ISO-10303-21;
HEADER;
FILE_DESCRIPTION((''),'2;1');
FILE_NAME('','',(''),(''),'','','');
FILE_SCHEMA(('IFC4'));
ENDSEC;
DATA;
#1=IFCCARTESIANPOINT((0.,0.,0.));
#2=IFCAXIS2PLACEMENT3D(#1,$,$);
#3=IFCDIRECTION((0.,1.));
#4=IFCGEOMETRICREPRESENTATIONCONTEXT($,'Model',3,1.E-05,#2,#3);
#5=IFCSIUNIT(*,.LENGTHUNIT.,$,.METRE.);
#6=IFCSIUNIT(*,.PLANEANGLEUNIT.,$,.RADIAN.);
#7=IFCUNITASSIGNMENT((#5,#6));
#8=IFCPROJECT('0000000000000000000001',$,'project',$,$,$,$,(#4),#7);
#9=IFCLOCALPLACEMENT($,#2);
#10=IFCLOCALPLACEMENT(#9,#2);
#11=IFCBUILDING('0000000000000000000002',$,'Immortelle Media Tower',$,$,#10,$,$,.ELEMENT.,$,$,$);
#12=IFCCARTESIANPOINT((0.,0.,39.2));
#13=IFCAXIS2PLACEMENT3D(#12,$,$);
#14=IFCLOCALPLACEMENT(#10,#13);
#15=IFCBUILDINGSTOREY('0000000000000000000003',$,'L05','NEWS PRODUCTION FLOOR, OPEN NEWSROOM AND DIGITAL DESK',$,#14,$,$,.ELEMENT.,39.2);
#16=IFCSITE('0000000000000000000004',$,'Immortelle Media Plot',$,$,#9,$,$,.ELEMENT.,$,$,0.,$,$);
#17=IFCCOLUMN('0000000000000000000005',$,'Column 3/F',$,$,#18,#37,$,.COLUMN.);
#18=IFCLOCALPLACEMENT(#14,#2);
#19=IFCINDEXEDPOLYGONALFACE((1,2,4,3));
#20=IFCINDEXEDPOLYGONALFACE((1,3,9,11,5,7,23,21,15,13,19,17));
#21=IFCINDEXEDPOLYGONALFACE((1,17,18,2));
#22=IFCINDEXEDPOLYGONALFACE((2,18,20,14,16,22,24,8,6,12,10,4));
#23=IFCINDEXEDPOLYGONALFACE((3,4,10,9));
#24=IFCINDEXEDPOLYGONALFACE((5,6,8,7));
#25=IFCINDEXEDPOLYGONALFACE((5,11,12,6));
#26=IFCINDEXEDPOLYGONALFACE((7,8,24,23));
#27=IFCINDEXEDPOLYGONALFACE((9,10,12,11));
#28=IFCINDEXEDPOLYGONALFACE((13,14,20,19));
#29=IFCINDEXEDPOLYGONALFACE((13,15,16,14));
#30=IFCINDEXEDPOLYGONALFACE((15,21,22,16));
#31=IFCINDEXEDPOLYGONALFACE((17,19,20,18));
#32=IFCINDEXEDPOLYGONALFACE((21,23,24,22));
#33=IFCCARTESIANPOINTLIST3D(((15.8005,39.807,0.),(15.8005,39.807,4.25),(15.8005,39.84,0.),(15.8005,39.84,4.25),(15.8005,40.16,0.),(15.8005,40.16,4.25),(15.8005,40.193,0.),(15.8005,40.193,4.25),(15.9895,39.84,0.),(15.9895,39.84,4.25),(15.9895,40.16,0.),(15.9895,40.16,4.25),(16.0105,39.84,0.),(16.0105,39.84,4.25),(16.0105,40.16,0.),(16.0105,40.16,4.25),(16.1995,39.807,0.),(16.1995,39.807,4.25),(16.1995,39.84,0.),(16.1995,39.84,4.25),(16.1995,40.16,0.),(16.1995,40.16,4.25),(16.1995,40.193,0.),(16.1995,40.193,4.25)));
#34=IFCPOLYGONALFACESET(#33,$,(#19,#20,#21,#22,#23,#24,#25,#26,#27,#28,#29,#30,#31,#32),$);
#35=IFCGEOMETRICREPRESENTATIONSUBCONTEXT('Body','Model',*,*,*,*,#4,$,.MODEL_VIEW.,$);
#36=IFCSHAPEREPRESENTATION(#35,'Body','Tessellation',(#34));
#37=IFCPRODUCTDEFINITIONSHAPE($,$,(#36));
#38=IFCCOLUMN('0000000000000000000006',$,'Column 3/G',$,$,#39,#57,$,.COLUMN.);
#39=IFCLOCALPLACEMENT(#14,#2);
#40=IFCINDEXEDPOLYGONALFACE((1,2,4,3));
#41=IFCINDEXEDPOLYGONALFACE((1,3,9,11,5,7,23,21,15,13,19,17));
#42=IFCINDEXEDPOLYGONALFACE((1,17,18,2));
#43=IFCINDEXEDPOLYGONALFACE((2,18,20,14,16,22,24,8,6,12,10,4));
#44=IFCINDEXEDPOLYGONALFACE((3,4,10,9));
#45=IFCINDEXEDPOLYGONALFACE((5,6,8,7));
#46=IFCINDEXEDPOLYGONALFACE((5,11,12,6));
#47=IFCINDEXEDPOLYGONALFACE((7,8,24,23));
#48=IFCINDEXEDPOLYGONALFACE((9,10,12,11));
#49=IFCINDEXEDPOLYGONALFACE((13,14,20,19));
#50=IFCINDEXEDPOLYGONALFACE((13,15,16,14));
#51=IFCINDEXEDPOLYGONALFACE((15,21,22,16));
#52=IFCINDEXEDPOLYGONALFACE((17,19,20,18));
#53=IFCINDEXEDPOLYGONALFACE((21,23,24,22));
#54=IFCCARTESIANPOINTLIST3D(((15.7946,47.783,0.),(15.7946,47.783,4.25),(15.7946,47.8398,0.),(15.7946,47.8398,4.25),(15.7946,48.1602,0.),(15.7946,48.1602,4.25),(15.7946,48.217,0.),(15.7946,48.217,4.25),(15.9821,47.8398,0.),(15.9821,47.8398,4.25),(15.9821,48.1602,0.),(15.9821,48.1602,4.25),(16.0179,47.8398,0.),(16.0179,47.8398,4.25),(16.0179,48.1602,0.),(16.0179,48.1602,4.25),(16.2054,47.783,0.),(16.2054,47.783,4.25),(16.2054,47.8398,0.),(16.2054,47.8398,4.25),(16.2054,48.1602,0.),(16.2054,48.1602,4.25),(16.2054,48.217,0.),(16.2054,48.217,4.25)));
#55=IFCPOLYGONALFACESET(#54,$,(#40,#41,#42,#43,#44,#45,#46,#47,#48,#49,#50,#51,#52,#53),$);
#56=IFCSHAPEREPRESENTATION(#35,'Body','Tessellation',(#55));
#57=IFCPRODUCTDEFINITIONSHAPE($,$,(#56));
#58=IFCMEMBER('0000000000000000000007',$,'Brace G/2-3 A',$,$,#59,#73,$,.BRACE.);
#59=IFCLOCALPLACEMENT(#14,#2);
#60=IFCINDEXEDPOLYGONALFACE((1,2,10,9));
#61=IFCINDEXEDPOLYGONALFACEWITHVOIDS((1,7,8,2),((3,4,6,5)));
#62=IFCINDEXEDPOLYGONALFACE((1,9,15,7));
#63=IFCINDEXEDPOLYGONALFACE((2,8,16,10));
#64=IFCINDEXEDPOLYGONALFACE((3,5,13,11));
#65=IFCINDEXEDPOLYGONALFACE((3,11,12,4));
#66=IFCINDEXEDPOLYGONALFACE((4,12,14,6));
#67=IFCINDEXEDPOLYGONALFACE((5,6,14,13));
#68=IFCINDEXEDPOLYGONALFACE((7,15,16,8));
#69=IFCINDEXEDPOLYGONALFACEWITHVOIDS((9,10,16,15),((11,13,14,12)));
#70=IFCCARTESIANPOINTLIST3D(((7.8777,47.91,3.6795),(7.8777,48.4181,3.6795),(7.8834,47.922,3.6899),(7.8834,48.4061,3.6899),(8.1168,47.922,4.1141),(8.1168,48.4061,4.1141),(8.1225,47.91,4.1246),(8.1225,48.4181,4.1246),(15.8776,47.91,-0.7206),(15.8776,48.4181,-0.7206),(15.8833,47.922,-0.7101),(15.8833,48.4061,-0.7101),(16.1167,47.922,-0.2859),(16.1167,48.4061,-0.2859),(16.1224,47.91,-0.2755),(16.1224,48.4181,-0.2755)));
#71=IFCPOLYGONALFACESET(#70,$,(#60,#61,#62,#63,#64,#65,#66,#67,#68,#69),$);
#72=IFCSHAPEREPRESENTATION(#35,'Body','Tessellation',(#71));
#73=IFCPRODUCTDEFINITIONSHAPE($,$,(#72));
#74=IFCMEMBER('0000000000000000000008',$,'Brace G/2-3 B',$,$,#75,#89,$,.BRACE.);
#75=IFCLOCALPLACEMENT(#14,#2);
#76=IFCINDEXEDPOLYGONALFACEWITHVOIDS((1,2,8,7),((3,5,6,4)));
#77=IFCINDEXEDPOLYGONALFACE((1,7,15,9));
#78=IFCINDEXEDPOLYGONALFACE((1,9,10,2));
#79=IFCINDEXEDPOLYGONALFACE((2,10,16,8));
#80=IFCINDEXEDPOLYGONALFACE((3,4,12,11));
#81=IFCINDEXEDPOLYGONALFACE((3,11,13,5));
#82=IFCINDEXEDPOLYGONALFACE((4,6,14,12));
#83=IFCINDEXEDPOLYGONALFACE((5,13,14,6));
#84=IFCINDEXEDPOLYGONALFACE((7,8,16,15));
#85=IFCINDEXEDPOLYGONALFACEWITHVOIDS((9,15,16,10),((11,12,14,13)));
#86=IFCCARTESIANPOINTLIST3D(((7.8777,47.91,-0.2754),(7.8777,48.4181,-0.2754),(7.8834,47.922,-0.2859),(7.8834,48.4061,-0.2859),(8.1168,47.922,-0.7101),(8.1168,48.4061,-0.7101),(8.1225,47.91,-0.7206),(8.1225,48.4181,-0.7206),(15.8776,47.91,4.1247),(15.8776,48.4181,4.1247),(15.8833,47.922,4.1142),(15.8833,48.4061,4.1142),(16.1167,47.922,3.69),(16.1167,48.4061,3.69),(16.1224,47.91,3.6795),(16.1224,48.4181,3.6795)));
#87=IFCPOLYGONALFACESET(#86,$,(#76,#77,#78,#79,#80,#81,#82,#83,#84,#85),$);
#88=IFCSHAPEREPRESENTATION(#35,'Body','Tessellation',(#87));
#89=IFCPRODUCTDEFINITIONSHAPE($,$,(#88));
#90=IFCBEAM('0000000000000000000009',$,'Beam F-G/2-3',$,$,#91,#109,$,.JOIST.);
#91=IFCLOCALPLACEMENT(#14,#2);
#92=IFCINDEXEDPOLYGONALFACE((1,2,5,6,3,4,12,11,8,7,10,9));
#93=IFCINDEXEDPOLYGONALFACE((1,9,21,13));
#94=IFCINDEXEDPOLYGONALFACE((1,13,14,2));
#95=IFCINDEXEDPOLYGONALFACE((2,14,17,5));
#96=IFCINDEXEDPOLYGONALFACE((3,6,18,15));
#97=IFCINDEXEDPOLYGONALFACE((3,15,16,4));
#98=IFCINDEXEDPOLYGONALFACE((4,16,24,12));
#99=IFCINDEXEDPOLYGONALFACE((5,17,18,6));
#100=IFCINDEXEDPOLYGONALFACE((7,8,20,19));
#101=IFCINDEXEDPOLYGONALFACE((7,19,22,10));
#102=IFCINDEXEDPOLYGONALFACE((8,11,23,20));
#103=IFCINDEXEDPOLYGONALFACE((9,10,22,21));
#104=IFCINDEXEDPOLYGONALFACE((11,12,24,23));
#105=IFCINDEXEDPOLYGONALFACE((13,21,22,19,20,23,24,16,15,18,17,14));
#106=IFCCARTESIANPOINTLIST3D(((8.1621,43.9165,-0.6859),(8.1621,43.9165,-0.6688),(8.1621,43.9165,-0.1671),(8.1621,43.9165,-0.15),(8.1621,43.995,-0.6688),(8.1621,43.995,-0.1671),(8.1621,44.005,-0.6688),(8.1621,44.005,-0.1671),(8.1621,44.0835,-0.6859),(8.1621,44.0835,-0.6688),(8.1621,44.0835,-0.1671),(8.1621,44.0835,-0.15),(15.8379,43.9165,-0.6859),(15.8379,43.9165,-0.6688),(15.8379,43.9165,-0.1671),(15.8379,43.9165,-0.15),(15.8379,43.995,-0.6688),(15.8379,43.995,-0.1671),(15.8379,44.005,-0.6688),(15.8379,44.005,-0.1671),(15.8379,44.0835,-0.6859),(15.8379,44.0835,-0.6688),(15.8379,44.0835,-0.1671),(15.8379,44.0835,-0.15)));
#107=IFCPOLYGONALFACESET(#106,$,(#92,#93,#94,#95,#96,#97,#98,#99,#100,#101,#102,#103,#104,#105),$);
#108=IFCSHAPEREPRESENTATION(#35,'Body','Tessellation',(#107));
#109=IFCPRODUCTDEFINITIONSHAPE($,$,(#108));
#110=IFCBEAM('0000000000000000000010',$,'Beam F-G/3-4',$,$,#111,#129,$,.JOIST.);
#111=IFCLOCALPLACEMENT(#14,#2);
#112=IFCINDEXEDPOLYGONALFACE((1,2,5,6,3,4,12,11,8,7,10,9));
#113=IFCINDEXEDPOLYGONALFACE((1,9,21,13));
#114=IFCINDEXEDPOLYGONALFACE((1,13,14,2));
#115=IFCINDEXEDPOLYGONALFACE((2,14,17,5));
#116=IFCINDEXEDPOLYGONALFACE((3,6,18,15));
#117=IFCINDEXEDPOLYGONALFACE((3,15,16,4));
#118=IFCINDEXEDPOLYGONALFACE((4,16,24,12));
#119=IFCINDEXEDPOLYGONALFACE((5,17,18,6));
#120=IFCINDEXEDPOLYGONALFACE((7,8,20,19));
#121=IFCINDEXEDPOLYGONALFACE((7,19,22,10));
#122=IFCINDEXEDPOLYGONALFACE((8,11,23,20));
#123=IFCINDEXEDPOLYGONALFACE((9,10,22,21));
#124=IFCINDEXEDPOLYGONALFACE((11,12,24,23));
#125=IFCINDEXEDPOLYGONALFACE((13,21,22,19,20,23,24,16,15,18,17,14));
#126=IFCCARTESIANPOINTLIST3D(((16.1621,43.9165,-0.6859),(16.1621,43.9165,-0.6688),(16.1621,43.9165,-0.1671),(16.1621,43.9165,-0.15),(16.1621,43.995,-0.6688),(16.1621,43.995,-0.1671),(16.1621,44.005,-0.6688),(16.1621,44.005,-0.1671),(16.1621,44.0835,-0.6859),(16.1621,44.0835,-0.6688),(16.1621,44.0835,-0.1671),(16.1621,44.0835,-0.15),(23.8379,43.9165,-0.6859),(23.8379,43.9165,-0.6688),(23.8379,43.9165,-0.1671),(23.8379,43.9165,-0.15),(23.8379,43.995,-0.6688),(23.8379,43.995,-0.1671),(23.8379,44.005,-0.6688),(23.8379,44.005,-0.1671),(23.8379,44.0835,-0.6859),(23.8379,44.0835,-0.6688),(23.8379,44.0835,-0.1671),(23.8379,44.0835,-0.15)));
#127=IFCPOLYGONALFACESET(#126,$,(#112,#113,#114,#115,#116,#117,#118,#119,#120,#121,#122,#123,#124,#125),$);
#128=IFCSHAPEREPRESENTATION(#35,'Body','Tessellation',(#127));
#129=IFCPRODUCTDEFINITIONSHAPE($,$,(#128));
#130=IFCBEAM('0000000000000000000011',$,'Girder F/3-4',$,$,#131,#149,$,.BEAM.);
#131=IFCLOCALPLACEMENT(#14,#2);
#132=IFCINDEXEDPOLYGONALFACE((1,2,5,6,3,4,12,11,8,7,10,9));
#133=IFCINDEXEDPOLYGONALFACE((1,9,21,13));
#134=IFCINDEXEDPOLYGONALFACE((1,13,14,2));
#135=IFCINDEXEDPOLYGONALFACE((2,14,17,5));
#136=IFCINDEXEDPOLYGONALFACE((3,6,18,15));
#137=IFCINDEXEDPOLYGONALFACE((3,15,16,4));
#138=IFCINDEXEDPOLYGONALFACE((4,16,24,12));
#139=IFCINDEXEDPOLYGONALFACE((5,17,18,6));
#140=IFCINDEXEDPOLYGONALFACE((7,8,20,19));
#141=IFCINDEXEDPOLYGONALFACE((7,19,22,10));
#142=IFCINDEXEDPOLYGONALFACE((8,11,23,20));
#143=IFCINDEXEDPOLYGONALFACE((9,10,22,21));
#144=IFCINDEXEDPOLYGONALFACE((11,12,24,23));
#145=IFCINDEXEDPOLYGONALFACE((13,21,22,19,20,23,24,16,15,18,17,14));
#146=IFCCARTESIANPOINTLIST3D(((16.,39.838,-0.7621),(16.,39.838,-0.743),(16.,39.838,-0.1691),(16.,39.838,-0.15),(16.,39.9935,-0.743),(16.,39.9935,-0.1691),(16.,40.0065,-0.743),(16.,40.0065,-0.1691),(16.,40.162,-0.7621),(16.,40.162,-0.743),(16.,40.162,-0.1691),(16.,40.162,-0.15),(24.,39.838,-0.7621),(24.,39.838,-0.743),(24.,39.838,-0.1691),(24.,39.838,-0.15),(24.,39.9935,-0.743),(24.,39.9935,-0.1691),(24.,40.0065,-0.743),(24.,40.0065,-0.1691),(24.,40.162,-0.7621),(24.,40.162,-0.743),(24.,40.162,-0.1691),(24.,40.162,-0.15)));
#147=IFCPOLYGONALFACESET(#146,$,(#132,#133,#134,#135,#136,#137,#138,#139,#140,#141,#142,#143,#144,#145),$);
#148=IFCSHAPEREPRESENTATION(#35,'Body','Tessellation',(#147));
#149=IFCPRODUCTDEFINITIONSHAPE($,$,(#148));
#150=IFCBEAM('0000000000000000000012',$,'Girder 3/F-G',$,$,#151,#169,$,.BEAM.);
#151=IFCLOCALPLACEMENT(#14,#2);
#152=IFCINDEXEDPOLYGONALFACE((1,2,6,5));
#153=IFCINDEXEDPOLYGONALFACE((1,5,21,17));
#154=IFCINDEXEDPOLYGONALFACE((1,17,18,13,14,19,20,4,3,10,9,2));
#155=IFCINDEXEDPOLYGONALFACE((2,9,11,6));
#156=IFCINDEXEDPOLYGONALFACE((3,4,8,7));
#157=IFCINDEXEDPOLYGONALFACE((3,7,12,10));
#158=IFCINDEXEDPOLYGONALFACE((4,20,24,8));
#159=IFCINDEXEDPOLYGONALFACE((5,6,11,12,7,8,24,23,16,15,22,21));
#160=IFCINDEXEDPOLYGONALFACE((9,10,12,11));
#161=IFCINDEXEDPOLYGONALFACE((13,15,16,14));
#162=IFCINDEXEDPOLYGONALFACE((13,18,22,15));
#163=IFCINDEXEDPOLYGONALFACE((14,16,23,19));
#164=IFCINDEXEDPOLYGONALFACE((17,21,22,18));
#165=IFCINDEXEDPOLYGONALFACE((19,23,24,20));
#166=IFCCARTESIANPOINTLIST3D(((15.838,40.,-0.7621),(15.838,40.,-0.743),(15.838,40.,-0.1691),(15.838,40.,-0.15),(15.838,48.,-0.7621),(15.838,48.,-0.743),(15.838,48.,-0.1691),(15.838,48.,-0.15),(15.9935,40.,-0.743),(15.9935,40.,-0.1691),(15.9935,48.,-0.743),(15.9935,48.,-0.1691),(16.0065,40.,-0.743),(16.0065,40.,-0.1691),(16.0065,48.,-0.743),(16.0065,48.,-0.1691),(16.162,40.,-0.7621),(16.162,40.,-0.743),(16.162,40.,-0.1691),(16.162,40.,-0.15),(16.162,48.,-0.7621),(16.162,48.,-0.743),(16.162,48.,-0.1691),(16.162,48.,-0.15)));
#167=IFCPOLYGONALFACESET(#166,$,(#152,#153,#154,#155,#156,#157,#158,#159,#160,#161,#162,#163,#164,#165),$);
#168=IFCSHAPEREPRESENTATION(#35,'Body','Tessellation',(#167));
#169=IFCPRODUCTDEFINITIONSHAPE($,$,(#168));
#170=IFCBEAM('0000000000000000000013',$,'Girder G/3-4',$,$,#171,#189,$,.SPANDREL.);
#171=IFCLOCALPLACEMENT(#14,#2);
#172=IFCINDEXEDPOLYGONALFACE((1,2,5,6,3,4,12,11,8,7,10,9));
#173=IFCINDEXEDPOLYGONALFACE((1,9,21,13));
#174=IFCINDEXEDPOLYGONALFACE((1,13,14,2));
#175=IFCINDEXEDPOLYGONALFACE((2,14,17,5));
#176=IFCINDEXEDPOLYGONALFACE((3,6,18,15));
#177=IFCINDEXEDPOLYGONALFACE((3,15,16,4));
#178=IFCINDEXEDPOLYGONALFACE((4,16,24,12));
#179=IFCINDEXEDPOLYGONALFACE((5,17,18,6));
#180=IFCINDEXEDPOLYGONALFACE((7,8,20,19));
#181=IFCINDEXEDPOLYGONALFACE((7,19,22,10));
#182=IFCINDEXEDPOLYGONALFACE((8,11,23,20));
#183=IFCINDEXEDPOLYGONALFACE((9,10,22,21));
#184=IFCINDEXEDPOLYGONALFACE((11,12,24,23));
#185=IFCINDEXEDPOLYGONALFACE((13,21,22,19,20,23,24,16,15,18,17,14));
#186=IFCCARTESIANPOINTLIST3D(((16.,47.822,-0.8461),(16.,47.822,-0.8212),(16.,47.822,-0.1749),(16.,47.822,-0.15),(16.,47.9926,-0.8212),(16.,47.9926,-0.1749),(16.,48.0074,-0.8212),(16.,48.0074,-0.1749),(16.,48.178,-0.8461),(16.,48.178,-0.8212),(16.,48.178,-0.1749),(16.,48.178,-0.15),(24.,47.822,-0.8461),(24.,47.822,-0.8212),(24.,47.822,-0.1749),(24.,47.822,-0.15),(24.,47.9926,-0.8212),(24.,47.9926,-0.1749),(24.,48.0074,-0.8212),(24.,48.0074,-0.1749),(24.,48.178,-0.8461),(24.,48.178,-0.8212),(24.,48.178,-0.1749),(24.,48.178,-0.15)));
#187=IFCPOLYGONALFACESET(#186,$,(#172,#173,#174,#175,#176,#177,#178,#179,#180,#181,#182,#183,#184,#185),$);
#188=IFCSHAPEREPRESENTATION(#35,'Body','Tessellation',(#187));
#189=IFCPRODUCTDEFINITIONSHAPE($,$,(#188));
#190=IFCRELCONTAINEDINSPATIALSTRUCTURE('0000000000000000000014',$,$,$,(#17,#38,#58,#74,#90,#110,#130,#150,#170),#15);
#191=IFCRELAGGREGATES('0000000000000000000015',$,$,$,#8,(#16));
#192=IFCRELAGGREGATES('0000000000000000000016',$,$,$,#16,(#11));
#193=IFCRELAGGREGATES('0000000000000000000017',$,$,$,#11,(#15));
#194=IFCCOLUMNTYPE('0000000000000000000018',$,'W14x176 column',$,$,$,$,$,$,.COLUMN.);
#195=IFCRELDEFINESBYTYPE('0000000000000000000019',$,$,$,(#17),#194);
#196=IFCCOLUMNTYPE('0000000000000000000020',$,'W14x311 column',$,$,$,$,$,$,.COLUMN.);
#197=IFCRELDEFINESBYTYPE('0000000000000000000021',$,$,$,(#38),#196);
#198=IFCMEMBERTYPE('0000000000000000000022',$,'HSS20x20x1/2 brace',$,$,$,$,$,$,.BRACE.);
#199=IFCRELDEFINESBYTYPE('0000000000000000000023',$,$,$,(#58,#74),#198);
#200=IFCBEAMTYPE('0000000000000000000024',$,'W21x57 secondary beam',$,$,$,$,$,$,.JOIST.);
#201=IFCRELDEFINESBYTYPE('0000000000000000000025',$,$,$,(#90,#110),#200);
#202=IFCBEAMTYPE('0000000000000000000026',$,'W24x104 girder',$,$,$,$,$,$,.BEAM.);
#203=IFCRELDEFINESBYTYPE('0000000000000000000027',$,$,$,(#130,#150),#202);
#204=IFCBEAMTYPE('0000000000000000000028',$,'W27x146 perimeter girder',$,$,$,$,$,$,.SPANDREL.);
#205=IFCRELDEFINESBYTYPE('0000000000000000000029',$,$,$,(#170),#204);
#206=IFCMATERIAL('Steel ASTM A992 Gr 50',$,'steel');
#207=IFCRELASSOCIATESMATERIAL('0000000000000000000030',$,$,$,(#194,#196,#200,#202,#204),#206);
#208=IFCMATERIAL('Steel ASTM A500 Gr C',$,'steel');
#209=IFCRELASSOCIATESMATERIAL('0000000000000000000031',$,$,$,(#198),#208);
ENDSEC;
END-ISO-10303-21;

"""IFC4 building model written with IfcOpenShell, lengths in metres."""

from ifc_helpers import new_model, si_unit, direction, frame, origin, origin_2d, place, context, subcontext, project, spatial, hollow_rectangle, i_section, extrude, material, material_profile, profile_set, type_object, element, save


model = new_model("IFC4")

# Units and contexts
model_context = context("Model", 3, precision=1e-05, world=origin(), true_north=direction((0.0, 1.0)))
body_context = subcontext(model_context, "Body", "Model", "MODEL_VIEW")
ifc_project = project(units=[si_unit("LENGTHUNIT", "METRE"), si_unit("PLANEANGLEUNIT", "RADIAN")], contexts=[model_context])

# Site, building, storey
site_placement = place(None, origin())
site = spatial("IfcSite", under=ifc_project, at=site_placement, Name="Immortelle Media Plot", CompositionType="ELEMENT", RefElevation=0.0)
building_placement = place(site_placement, origin())
building = spatial("IfcBuilding", under=site, at=building_placement, Name="Immortelle Media Tower", CompositionType="ELEMENT")
storey_placement = place(building_placement, frame((0.0, 0.0, 39.2)))
storey = spatial("IfcBuildingStorey", under=building, at=storey_placement, Name="L05", Description="NEWS PRODUCTION FLOOR, OPEN NEWSROOM AND DIGITAL DESK", CompositionType="ELEMENT", Elevation=39.2)

# Columns
ifc_material_1 = material(Name="Steel ASTM A992 Gr 50", Category="steel")
ifc_material_profile_1 = material_profile(ifc_material_1, i_section(OverallWidth=0.3989, OverallDepth=0.386, WebThickness=0.021, FlangeThickness=0.033, at=origin_2d()), Name="W14x176")
ifc_profile_set_1 = profile_set([ifc_material_profile_1], Name="Steel ASTM A992 Gr 50")
column_type_1 = type_object("IfcColumnType", Name="W14x176 column", PredefinedType="COLUMN", material=ifc_profile_set_1)
column_1_placement = place(storey_placement, frame((16.0, 40.0, 0.0), z_axis=(0.0, 0.0, 1.0), x_axis=(1.0, 0.0, 0.0)))
element("IfcColumn", 1, at=column_1_placement, inside=storey, type_object=column_type_1, Name="Column 3/F", PredefinedType="COLUMN", context=body_context, shape_type="SweptSolid", body=[
    extrude(i_section(OverallWidth=0.3989, OverallDepth=0.386, WebThickness=0.021, FlangeThickness=0.033, at=origin_2d()), origin(), (0.0, 0.0, 1.0), 4.25),
])
ifc_material_profile_2 = material_profile(ifc_material_1, i_section(OverallWidth=0.4109, OverallDepth=0.4341, WebThickness=0.0359, FlangeThickness=0.0569, at=origin_2d()), Name="W14x311")
ifc_profile_set_2 = profile_set([ifc_material_profile_2], Name="Steel ASTM A992 Gr 50")
column_type_2 = type_object("IfcColumnType", Name="W14x311 column", PredefinedType="COLUMN", material=ifc_profile_set_2)
column_2_placement = place(storey_placement, frame((16.0, 48.0, 0.0), z_axis=(0.0, 0.0, 1.0), x_axis=(1.0, 0.0, 0.0)))
element("IfcColumn", 2, at=column_2_placement, inside=storey, type_object=column_type_2, Name="Column 3/G", PredefinedType="COLUMN", context=body_context, shape_type="SweptSolid", body=[
    extrude(i_section(OverallWidth=0.4109, OverallDepth=0.4341, WebThickness=0.0359, FlangeThickness=0.0569, at=origin_2d()), origin(), (0.0, 0.0, 1.0), 4.25),
])

# Members
ifc_material_2 = material(Name="Steel ASTM A500 Gr C", Category="steel")
ifc_material_profile_3 = material_profile(ifc_material_2, hollow_rectangle(XDim=0.5081, YDim=0.5081, WallThickness=0.012, at=origin_2d()), Name="HSS20x20x1/2 brace")
ifc_profile_set_3 = profile_set([ifc_material_profile_3], Name="Steel ASTM A500 Gr C")
member_type = type_object("IfcMemberType", Name="HSS20x20x1/2 brace", PredefinedType="BRACE", material=ifc_profile_set_3)
for number, where, z_axis, x_axis, name in (
    (3, (16.0, 48.1641, -0.498), (-0.876209, 0.0, 0.481931), (0.0, -1.0, 0.0), "Brace G/2-3 A"),
    (4, (16.0, 48.1641, 3.9021), (-0.876209, 0.0, -0.481931), (0.0, -1.0, 0.0), "Brace G/2-3 B"),
):
    element("IfcMember", number, at=place(storey_placement, frame(where, z_axis=z_axis, x_axis=x_axis)), inside=storey, type_object=member_type, Name=name, PredefinedType="BRACE", context=body_context, shape_type="SweptSolid", body=[
        extrude(hollow_rectangle(XDim=0.5081, YDim=0.5081, WallThickness=0.012, at=origin_2d()), origin(), (0.0, 0.0, 1.0), 9.1301),
    ])

# Beams
ifc_material_profile_4 = material_profile(ifc_material_1, i_section(OverallWidth=0.167, OverallDepth=0.5359, WebThickness=0.01, FlangeThickness=0.0171, at=origin_2d()), Name="W21x57")
ifc_profile_set_4 = profile_set([ifc_material_profile_4], Name="Steel ASTM A992 Gr 50")
beam_type_1 = type_object("IfcBeamType", Name="W21x57 secondary beam", PredefinedType="JOIST", material=ifc_profile_set_4)
for number, where, z_axis, x_axis, name in (
    (5, (8.1621, 44.0, -0.418), (1.0, 0.0, 0.0), (0.0, 1.0, 0.0), "Beam F-G/2-3"),
    (6, (16.1621, 44.0, -0.418), (1.0, 0.0, 0.0), (0.0, 1.0, 0.0), "Beam F-G/3-4"),
):
    element("IfcBeam", number, at=place(storey_placement, frame(where, z_axis=z_axis, x_axis=x_axis)), inside=storey, type_object=beam_type_1, Name=name, PredefinedType="JOIST", context=body_context, shape_type="SweptSolid", body=[
        extrude(i_section(OverallWidth=0.167, OverallDepth=0.5359, WebThickness=0.01, FlangeThickness=0.0171, at=origin_2d()), origin(), (0.0, 0.0, 1.0), 7.6758),
    ])
ifc_material_profile_5 = material_profile(ifc_material_1, i_section(OverallWidth=0.324, OverallDepth=0.6121, WebThickness=0.0129, FlangeThickness=0.019, at=origin_2d()), Name="W24x104")
ifc_profile_set_5 = profile_set([ifc_material_profile_5], Name="Steel ASTM A992 Gr 50")
beam_type_2 = type_object("IfcBeamType", Name="W24x104 girder", PredefinedType="BEAM", material=ifc_profile_set_5)
for number, where, z_axis, x_axis, name in (
    (7, (16.0, 40.0, -0.4561), (1.0, 0.0, 0.0), (0.0, 1.0, 0.0), "Girder F/3-4"),
    (8, (16.0, 40.0, -0.4561), (0.0, 1.0, 0.0), (-1.0, 0.0, 0.0), "Girder 3/F-G"),
):
    element("IfcBeam", number, at=place(storey_placement, frame(where, z_axis=z_axis, x_axis=x_axis)), inside=storey, type_object=beam_type_2, Name=name, PredefinedType="BEAM", context=body_context, shape_type="SweptSolid", body=[
        extrude(i_section(OverallWidth=0.324, OverallDepth=0.6121, WebThickness=0.0129, FlangeThickness=0.019, at=origin_2d()), origin(), (0.0, 0.0, 1.0), 8.0),
    ])
ifc_material_profile_6 = material_profile(ifc_material_1, i_section(OverallWidth=0.356, OverallDepth=0.696, WebThickness=0.0149, FlangeThickness=0.0249, at=origin_2d()), Name="W27x146")
ifc_profile_set_6 = profile_set([ifc_material_profile_6], Name="Steel ASTM A992 Gr 50")
beam_type_3 = type_object("IfcBeamType", Name="W27x146 perimeter girder", PredefinedType="SPANDREL", material=ifc_profile_set_6)
beam_placement = place(storey_placement, frame((16.0, 48.0, -0.498), z_axis=(1.0, 0.0, 0.0), x_axis=(0.0, 1.0, 0.0)))
element("IfcBeam", 9, at=beam_placement, inside=storey, type_object=beam_type_3, Name="Girder G/3-4", PredefinedType="SPANDREL", context=body_context, shape_type="SweptSolid", body=[
    extrude(i_section(OverallWidth=0.356, OverallDepth=0.696, WebThickness=0.0149, FlangeThickness=0.0249, at=origin_2d()), origin(), (0.0, 0.0, 1.0), 8.0),
])

save(model, "model.ifc")
